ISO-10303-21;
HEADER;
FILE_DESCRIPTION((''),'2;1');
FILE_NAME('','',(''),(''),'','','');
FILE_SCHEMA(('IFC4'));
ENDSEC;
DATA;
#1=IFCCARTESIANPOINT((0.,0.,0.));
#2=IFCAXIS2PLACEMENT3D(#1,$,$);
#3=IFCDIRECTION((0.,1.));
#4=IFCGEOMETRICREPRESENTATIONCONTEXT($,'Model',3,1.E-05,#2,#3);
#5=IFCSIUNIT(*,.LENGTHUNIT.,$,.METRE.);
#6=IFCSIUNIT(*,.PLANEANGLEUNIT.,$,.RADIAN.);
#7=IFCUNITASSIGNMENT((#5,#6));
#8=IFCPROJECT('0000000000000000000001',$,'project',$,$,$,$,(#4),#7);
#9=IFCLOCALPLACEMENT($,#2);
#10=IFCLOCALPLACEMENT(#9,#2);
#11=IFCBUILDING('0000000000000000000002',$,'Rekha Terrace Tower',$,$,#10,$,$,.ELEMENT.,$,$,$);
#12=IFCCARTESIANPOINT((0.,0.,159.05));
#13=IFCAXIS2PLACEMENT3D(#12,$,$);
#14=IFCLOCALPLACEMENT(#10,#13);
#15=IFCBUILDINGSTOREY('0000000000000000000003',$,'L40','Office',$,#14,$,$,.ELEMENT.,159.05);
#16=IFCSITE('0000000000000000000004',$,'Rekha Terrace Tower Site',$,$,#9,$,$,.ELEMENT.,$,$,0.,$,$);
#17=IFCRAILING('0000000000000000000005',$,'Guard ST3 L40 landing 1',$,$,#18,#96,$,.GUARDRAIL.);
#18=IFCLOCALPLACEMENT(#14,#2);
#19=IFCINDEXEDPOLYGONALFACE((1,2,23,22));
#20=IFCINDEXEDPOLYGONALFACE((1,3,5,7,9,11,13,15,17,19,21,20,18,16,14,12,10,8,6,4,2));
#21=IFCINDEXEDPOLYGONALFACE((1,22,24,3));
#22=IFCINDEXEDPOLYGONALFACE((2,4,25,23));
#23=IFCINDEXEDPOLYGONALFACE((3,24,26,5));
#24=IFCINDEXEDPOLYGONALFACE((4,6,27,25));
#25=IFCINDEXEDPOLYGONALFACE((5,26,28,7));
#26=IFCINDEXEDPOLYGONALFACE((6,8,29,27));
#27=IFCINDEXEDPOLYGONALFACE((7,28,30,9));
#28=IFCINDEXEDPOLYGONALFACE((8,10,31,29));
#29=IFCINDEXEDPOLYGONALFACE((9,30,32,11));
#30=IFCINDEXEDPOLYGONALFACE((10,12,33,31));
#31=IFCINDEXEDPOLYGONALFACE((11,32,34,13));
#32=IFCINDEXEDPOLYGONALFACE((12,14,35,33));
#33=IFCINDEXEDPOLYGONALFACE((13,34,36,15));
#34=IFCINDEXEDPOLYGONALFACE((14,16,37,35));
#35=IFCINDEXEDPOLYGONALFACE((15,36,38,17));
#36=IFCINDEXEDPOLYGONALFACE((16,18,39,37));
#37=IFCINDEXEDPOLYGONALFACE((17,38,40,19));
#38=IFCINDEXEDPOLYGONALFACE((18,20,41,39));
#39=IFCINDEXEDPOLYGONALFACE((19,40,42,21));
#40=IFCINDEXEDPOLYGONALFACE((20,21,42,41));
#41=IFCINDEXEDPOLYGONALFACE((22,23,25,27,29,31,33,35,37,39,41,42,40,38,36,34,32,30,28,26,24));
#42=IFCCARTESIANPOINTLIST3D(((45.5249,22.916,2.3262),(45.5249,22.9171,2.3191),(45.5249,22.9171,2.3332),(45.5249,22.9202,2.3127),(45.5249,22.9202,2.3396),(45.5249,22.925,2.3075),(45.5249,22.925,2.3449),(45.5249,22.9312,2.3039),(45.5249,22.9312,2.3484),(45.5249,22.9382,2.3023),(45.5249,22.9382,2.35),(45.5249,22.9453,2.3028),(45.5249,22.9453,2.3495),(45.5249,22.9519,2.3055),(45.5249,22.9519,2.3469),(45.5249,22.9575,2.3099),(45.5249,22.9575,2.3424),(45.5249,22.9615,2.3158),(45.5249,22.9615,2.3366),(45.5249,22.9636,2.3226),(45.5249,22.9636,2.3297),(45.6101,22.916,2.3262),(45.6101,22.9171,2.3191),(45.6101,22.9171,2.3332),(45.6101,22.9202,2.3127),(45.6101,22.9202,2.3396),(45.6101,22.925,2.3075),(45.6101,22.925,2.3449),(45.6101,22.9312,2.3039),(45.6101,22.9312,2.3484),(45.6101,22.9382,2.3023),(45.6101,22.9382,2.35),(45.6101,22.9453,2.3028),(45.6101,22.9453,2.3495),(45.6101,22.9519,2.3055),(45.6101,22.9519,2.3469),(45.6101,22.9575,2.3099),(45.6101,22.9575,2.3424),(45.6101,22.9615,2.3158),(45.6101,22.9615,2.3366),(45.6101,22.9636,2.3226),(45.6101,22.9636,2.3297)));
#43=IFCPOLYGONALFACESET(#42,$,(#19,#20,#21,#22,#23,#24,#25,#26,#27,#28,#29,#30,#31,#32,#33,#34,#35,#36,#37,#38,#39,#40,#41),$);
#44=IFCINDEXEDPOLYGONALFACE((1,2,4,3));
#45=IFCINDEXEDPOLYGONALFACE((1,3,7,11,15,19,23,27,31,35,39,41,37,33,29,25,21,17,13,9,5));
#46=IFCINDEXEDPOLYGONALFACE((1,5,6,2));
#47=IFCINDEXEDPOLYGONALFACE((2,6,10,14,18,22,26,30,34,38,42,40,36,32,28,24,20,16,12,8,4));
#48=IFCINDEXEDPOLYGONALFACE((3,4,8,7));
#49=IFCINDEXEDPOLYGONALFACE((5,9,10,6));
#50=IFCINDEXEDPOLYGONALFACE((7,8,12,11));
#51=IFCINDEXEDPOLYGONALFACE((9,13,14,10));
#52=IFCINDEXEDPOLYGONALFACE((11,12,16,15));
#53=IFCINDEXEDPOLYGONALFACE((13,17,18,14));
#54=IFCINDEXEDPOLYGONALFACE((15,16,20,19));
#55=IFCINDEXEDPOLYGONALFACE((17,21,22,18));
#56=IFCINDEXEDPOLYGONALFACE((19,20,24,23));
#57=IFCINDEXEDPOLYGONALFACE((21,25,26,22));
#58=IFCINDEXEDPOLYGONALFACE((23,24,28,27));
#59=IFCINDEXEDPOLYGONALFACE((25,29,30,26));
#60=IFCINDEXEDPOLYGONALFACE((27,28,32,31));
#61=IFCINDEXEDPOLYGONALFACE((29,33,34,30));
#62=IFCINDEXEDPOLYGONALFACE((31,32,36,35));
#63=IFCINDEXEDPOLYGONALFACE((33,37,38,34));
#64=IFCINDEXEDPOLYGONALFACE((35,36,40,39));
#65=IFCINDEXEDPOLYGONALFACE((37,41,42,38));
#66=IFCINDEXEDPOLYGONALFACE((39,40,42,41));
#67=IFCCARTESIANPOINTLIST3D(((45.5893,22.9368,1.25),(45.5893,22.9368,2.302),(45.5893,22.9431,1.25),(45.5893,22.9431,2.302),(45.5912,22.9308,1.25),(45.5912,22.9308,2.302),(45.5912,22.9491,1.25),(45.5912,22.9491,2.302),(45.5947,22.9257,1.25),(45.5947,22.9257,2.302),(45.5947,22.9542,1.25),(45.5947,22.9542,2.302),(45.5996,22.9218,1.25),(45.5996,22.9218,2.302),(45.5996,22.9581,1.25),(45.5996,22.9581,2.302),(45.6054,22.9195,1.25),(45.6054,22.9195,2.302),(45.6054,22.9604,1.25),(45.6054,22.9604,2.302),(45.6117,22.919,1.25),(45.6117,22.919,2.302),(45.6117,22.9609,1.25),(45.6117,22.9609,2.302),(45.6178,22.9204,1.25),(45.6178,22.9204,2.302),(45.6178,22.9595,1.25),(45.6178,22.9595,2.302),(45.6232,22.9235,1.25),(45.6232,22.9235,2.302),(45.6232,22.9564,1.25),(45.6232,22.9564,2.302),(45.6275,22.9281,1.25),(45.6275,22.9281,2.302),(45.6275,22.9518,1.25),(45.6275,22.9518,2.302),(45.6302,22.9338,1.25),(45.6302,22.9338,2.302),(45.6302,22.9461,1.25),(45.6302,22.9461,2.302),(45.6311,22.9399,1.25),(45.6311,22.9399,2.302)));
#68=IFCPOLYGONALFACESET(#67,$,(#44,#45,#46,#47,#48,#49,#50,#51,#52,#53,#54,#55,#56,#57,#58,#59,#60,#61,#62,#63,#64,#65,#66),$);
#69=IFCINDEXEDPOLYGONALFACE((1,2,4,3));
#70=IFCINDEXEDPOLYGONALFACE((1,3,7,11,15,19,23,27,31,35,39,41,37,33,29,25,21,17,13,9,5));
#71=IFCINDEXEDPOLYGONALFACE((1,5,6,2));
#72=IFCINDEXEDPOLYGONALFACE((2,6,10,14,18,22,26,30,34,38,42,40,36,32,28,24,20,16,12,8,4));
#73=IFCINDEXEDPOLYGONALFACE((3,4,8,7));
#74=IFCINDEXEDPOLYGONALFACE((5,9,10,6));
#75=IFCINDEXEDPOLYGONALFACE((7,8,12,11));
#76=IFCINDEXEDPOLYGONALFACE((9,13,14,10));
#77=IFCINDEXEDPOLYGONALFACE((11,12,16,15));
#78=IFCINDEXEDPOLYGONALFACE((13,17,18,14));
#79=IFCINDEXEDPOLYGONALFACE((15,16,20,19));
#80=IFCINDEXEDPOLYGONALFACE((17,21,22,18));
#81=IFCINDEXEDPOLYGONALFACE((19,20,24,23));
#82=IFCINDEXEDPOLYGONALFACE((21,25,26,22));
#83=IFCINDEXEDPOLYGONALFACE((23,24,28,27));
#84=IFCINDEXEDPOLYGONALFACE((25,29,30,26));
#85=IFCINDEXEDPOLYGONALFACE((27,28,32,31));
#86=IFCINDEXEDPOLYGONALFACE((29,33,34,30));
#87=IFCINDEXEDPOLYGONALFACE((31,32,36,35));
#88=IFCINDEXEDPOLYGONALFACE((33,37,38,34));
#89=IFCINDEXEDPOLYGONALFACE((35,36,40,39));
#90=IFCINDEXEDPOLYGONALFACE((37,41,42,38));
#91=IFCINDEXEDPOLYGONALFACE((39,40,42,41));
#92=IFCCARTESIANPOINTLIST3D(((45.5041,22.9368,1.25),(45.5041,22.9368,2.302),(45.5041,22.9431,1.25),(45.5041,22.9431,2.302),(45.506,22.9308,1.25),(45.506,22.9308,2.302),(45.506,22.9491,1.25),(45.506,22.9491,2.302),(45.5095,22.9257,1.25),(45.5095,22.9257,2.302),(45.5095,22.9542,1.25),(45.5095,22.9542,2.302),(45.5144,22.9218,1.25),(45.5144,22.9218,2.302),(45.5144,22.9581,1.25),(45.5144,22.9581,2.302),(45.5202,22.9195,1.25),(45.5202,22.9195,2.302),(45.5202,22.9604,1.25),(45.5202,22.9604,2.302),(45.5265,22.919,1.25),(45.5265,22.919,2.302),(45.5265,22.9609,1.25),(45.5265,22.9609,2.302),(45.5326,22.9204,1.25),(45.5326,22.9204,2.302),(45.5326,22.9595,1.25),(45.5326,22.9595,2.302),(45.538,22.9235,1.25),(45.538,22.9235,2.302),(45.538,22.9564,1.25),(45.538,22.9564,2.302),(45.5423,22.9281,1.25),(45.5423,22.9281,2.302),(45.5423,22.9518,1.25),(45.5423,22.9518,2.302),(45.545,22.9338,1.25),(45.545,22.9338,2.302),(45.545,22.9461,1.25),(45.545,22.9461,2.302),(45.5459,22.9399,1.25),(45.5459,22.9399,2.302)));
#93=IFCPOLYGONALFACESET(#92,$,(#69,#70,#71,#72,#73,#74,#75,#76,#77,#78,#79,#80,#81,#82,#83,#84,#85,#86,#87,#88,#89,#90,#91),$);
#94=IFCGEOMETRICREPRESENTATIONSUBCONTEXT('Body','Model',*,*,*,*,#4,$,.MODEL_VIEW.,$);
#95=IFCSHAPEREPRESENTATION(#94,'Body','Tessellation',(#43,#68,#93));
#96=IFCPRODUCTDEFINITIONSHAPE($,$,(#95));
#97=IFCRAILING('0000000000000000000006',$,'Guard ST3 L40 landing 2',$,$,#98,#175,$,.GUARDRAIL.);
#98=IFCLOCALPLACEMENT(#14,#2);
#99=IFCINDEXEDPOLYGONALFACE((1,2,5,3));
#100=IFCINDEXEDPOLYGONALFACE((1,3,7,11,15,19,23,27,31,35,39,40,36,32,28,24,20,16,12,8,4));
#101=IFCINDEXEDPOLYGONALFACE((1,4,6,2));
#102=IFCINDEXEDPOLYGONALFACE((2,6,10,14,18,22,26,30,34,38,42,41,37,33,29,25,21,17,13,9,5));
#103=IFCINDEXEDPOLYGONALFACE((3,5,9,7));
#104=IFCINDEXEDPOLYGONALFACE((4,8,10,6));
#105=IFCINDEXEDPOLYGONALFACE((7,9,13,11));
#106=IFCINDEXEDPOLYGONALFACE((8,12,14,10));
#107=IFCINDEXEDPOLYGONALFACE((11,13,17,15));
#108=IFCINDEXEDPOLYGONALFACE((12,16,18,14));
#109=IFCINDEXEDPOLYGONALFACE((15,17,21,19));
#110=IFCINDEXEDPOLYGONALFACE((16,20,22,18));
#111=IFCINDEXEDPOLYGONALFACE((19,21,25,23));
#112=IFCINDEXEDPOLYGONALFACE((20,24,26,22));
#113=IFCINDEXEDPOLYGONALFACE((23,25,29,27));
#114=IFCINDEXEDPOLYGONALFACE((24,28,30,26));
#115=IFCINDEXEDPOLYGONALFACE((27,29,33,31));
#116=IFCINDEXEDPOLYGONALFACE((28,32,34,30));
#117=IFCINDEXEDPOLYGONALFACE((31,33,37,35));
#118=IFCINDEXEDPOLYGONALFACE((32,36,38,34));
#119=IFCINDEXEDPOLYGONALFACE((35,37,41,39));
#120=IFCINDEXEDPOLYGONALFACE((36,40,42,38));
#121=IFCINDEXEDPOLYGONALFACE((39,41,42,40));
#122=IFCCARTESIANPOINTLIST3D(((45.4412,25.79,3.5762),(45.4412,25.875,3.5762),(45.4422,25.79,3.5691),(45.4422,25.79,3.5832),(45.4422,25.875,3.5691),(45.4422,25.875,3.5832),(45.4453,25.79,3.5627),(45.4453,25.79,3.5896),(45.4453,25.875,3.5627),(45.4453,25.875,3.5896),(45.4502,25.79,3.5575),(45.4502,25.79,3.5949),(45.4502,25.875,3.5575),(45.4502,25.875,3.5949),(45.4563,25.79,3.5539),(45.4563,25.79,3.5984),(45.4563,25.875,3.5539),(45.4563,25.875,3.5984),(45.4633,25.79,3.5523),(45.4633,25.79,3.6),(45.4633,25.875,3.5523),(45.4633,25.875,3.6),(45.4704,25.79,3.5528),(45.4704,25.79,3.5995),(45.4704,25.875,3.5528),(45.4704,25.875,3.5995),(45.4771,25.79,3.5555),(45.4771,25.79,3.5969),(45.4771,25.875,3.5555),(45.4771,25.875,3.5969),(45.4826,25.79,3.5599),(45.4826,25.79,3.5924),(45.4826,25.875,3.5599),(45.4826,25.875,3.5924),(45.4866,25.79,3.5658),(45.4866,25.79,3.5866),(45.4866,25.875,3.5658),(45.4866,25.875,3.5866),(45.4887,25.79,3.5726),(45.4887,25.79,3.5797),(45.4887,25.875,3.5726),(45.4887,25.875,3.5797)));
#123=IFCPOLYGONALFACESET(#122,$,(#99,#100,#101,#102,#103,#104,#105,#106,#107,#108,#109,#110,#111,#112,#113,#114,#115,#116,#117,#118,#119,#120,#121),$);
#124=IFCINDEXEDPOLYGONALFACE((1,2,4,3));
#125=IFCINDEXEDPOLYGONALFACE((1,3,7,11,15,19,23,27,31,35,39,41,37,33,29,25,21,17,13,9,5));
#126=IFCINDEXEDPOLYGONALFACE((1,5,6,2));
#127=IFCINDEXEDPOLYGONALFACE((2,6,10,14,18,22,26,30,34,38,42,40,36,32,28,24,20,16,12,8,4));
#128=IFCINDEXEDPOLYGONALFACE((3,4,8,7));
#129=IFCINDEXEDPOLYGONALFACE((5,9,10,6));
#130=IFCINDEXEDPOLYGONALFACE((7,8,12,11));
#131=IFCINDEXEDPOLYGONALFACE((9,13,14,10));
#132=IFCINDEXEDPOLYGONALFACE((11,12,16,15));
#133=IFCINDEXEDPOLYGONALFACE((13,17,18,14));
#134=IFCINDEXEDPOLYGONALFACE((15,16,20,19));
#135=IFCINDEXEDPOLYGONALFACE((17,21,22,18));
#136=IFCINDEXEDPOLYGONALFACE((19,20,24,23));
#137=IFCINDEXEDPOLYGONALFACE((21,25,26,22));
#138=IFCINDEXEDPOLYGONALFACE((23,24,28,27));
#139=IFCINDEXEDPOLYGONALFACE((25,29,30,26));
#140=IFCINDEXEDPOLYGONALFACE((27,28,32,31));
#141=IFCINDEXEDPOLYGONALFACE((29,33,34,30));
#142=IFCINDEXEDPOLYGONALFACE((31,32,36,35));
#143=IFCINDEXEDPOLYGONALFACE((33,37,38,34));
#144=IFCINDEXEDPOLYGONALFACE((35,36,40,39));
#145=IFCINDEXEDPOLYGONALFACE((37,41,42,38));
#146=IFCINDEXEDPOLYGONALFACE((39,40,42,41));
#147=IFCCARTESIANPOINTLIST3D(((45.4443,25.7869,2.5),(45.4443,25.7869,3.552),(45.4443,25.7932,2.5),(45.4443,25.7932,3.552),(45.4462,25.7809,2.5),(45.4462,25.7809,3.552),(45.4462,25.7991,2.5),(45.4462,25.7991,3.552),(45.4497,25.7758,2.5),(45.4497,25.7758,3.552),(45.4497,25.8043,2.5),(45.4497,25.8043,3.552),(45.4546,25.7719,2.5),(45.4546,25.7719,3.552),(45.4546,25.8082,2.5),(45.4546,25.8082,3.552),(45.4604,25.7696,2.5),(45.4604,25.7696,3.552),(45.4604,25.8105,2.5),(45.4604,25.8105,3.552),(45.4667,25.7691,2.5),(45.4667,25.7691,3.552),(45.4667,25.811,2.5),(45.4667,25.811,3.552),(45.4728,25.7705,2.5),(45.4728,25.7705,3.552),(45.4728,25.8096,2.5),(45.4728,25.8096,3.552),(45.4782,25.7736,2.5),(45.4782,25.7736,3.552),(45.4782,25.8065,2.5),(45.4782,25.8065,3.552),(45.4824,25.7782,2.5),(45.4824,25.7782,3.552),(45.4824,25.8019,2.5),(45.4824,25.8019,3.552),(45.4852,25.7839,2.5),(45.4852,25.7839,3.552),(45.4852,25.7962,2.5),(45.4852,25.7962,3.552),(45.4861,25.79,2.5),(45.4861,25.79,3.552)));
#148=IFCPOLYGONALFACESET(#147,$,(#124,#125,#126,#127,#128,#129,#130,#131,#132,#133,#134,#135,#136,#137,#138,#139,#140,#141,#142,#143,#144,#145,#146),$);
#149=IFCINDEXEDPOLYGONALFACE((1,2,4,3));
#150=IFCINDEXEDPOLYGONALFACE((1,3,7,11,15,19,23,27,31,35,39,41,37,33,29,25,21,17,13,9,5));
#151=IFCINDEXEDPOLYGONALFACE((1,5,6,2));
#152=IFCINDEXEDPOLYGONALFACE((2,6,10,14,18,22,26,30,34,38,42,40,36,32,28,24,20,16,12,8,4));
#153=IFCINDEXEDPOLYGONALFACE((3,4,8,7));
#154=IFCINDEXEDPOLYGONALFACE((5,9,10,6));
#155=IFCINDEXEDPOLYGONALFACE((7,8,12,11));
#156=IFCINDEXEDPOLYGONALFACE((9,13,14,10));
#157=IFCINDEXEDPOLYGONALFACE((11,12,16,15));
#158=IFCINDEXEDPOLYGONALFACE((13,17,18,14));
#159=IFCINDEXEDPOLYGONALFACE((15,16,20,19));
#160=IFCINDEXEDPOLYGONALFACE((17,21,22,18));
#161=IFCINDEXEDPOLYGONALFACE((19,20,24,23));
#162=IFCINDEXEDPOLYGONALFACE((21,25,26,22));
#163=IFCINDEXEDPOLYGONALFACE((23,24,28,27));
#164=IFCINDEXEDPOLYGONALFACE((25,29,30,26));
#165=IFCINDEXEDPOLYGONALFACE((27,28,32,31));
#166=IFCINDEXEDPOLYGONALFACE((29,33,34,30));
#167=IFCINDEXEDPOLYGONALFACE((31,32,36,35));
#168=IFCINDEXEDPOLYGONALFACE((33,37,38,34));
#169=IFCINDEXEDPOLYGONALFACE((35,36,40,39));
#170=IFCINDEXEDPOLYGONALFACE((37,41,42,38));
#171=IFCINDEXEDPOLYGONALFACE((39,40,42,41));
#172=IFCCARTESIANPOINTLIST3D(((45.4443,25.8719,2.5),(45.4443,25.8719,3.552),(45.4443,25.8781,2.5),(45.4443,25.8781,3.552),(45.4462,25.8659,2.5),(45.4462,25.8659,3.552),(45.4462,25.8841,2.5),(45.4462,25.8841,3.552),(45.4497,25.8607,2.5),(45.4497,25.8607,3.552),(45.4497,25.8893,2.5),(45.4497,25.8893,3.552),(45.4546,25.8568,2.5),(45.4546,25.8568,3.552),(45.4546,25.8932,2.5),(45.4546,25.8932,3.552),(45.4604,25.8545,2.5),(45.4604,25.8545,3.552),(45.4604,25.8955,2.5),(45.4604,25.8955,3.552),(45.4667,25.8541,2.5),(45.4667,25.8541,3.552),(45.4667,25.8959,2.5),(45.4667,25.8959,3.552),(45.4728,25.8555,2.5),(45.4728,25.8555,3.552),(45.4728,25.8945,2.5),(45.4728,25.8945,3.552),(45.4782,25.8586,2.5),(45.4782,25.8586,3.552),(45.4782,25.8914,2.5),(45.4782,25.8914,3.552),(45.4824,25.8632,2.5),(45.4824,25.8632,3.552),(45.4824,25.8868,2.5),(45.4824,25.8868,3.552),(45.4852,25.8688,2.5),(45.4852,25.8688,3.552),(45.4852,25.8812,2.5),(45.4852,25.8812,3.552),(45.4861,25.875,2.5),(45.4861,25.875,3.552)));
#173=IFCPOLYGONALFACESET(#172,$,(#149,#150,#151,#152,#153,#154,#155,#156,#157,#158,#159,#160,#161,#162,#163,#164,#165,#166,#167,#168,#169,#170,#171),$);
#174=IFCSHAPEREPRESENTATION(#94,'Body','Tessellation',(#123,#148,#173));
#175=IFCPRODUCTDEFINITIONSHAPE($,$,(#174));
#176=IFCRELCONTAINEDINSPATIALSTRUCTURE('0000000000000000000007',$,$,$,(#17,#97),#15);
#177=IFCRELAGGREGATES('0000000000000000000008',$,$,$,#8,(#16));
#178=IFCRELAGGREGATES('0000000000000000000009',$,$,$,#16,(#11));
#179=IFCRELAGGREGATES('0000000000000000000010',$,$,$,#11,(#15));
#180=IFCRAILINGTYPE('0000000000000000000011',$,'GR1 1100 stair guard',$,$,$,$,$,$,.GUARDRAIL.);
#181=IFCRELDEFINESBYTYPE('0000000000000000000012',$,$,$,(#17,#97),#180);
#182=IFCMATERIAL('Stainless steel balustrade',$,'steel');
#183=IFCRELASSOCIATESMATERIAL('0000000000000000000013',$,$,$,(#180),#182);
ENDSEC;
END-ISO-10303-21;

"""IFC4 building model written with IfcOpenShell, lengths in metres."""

from ifc_helpers import new_model, si_unit, direction, frame, origin, origin_2d, place, context, subcontext, project, spatial, circle, extrude, material, type_object, element, save


model = new_model("IFC4")

# Units and contexts
model_context = context("Model", 3, precision=1e-05, world=origin(), true_north=direction((0.0, 1.0)))
body_context = subcontext(model_context, "Body", "Model", "MODEL_VIEW")
ifc_project = project(units=[si_unit("LENGTHUNIT", "METRE"), si_unit("PLANEANGLEUNIT", "RADIAN")], contexts=[model_context])

# Site, building, storey
site_placement = place(None, origin())
site = spatial("IfcSite", under=ifc_project, at=site_placement, Name="Rekha Terrace Tower Site", CompositionType="ELEMENT", RefElevation=0.0)
building_placement = place(site_placement, origin())
building = spatial("IfcBuilding", under=site, at=building_placement, Name="Rekha Terrace Tower", CompositionType="ELEMENT")
storey_placement = place(building_placement, frame((0.0, 0.0, 159.05)))
storey = spatial("IfcBuildingStorey", under=building, at=storey_placement, Name="L40", Description="Office", CompositionType="ELEMENT", Elevation=159.05)

# Railings
ifc_material_1 = material(Name="Stainless steel balustrade", Category="steel")
railing_type_1 = type_object("IfcRailingType", Name="GR1 1100 stair guard", PredefinedType="GUARDRAIL", material=ifc_material_1)
railing_1_placement = place(storey_placement, frame((45.6101, 22.9399, 1.25)))
element("IfcRailing", 1, at=railing_1_placement, inside=storey, type_object=railing_type_1, Name="Guard ST3 L40 landing 1", PredefinedType="GUARDRAIL", context=body_context, shape_type="SweptSolid", body=[
    extrude(circle(Radius=0.0239, at=origin_2d()), frame((0.0, 0.0, 1.0762), z_axis=(-1.0, 0.0, 0.0), x_axis=(0.0, -1.0, 0.0)), (0.0, 0.0, 1.0), 0.0852),
    extrude(circle(Radius=0.021, at=origin_2d()), origin(), (0.0, 0.0, 1.0), 1.052),
    extrude(circle(Radius=0.021, at=origin_2d()), frame((-0.0852, 0.0, 0.0)), (0.0, 0.0, 1.0), 1.052),
])
railing_2_placement = place(storey_placement, frame((45.4651, 25.79, 2.5)))
element("IfcRailing", 2, at=railing_2_placement, inside=storey, type_object=railing_type_1, Name="Guard ST3 L40 landing 2", PredefinedType="GUARDRAIL", context=body_context, shape_type="SweptSolid", body=[
    extrude(circle(Radius=0.0239, at=origin_2d()), frame((0.0, 0.0, 1.0762), z_axis=(0.0, 1.0, 0.0), x_axis=(-1.0, 0.0, 0.0)), (0.0, 0.0, 1.0), 0.085),
    extrude(circle(Radius=0.021, at=origin_2d()), origin(), (0.0, 0.0, 1.0), 1.052),
    extrude(circle(Radius=0.021, at=origin_2d()), frame((0.0, 0.085, 0.0)), (0.0, 0.0, 1.0), 1.052),
])

save(model, "model.ifc")
